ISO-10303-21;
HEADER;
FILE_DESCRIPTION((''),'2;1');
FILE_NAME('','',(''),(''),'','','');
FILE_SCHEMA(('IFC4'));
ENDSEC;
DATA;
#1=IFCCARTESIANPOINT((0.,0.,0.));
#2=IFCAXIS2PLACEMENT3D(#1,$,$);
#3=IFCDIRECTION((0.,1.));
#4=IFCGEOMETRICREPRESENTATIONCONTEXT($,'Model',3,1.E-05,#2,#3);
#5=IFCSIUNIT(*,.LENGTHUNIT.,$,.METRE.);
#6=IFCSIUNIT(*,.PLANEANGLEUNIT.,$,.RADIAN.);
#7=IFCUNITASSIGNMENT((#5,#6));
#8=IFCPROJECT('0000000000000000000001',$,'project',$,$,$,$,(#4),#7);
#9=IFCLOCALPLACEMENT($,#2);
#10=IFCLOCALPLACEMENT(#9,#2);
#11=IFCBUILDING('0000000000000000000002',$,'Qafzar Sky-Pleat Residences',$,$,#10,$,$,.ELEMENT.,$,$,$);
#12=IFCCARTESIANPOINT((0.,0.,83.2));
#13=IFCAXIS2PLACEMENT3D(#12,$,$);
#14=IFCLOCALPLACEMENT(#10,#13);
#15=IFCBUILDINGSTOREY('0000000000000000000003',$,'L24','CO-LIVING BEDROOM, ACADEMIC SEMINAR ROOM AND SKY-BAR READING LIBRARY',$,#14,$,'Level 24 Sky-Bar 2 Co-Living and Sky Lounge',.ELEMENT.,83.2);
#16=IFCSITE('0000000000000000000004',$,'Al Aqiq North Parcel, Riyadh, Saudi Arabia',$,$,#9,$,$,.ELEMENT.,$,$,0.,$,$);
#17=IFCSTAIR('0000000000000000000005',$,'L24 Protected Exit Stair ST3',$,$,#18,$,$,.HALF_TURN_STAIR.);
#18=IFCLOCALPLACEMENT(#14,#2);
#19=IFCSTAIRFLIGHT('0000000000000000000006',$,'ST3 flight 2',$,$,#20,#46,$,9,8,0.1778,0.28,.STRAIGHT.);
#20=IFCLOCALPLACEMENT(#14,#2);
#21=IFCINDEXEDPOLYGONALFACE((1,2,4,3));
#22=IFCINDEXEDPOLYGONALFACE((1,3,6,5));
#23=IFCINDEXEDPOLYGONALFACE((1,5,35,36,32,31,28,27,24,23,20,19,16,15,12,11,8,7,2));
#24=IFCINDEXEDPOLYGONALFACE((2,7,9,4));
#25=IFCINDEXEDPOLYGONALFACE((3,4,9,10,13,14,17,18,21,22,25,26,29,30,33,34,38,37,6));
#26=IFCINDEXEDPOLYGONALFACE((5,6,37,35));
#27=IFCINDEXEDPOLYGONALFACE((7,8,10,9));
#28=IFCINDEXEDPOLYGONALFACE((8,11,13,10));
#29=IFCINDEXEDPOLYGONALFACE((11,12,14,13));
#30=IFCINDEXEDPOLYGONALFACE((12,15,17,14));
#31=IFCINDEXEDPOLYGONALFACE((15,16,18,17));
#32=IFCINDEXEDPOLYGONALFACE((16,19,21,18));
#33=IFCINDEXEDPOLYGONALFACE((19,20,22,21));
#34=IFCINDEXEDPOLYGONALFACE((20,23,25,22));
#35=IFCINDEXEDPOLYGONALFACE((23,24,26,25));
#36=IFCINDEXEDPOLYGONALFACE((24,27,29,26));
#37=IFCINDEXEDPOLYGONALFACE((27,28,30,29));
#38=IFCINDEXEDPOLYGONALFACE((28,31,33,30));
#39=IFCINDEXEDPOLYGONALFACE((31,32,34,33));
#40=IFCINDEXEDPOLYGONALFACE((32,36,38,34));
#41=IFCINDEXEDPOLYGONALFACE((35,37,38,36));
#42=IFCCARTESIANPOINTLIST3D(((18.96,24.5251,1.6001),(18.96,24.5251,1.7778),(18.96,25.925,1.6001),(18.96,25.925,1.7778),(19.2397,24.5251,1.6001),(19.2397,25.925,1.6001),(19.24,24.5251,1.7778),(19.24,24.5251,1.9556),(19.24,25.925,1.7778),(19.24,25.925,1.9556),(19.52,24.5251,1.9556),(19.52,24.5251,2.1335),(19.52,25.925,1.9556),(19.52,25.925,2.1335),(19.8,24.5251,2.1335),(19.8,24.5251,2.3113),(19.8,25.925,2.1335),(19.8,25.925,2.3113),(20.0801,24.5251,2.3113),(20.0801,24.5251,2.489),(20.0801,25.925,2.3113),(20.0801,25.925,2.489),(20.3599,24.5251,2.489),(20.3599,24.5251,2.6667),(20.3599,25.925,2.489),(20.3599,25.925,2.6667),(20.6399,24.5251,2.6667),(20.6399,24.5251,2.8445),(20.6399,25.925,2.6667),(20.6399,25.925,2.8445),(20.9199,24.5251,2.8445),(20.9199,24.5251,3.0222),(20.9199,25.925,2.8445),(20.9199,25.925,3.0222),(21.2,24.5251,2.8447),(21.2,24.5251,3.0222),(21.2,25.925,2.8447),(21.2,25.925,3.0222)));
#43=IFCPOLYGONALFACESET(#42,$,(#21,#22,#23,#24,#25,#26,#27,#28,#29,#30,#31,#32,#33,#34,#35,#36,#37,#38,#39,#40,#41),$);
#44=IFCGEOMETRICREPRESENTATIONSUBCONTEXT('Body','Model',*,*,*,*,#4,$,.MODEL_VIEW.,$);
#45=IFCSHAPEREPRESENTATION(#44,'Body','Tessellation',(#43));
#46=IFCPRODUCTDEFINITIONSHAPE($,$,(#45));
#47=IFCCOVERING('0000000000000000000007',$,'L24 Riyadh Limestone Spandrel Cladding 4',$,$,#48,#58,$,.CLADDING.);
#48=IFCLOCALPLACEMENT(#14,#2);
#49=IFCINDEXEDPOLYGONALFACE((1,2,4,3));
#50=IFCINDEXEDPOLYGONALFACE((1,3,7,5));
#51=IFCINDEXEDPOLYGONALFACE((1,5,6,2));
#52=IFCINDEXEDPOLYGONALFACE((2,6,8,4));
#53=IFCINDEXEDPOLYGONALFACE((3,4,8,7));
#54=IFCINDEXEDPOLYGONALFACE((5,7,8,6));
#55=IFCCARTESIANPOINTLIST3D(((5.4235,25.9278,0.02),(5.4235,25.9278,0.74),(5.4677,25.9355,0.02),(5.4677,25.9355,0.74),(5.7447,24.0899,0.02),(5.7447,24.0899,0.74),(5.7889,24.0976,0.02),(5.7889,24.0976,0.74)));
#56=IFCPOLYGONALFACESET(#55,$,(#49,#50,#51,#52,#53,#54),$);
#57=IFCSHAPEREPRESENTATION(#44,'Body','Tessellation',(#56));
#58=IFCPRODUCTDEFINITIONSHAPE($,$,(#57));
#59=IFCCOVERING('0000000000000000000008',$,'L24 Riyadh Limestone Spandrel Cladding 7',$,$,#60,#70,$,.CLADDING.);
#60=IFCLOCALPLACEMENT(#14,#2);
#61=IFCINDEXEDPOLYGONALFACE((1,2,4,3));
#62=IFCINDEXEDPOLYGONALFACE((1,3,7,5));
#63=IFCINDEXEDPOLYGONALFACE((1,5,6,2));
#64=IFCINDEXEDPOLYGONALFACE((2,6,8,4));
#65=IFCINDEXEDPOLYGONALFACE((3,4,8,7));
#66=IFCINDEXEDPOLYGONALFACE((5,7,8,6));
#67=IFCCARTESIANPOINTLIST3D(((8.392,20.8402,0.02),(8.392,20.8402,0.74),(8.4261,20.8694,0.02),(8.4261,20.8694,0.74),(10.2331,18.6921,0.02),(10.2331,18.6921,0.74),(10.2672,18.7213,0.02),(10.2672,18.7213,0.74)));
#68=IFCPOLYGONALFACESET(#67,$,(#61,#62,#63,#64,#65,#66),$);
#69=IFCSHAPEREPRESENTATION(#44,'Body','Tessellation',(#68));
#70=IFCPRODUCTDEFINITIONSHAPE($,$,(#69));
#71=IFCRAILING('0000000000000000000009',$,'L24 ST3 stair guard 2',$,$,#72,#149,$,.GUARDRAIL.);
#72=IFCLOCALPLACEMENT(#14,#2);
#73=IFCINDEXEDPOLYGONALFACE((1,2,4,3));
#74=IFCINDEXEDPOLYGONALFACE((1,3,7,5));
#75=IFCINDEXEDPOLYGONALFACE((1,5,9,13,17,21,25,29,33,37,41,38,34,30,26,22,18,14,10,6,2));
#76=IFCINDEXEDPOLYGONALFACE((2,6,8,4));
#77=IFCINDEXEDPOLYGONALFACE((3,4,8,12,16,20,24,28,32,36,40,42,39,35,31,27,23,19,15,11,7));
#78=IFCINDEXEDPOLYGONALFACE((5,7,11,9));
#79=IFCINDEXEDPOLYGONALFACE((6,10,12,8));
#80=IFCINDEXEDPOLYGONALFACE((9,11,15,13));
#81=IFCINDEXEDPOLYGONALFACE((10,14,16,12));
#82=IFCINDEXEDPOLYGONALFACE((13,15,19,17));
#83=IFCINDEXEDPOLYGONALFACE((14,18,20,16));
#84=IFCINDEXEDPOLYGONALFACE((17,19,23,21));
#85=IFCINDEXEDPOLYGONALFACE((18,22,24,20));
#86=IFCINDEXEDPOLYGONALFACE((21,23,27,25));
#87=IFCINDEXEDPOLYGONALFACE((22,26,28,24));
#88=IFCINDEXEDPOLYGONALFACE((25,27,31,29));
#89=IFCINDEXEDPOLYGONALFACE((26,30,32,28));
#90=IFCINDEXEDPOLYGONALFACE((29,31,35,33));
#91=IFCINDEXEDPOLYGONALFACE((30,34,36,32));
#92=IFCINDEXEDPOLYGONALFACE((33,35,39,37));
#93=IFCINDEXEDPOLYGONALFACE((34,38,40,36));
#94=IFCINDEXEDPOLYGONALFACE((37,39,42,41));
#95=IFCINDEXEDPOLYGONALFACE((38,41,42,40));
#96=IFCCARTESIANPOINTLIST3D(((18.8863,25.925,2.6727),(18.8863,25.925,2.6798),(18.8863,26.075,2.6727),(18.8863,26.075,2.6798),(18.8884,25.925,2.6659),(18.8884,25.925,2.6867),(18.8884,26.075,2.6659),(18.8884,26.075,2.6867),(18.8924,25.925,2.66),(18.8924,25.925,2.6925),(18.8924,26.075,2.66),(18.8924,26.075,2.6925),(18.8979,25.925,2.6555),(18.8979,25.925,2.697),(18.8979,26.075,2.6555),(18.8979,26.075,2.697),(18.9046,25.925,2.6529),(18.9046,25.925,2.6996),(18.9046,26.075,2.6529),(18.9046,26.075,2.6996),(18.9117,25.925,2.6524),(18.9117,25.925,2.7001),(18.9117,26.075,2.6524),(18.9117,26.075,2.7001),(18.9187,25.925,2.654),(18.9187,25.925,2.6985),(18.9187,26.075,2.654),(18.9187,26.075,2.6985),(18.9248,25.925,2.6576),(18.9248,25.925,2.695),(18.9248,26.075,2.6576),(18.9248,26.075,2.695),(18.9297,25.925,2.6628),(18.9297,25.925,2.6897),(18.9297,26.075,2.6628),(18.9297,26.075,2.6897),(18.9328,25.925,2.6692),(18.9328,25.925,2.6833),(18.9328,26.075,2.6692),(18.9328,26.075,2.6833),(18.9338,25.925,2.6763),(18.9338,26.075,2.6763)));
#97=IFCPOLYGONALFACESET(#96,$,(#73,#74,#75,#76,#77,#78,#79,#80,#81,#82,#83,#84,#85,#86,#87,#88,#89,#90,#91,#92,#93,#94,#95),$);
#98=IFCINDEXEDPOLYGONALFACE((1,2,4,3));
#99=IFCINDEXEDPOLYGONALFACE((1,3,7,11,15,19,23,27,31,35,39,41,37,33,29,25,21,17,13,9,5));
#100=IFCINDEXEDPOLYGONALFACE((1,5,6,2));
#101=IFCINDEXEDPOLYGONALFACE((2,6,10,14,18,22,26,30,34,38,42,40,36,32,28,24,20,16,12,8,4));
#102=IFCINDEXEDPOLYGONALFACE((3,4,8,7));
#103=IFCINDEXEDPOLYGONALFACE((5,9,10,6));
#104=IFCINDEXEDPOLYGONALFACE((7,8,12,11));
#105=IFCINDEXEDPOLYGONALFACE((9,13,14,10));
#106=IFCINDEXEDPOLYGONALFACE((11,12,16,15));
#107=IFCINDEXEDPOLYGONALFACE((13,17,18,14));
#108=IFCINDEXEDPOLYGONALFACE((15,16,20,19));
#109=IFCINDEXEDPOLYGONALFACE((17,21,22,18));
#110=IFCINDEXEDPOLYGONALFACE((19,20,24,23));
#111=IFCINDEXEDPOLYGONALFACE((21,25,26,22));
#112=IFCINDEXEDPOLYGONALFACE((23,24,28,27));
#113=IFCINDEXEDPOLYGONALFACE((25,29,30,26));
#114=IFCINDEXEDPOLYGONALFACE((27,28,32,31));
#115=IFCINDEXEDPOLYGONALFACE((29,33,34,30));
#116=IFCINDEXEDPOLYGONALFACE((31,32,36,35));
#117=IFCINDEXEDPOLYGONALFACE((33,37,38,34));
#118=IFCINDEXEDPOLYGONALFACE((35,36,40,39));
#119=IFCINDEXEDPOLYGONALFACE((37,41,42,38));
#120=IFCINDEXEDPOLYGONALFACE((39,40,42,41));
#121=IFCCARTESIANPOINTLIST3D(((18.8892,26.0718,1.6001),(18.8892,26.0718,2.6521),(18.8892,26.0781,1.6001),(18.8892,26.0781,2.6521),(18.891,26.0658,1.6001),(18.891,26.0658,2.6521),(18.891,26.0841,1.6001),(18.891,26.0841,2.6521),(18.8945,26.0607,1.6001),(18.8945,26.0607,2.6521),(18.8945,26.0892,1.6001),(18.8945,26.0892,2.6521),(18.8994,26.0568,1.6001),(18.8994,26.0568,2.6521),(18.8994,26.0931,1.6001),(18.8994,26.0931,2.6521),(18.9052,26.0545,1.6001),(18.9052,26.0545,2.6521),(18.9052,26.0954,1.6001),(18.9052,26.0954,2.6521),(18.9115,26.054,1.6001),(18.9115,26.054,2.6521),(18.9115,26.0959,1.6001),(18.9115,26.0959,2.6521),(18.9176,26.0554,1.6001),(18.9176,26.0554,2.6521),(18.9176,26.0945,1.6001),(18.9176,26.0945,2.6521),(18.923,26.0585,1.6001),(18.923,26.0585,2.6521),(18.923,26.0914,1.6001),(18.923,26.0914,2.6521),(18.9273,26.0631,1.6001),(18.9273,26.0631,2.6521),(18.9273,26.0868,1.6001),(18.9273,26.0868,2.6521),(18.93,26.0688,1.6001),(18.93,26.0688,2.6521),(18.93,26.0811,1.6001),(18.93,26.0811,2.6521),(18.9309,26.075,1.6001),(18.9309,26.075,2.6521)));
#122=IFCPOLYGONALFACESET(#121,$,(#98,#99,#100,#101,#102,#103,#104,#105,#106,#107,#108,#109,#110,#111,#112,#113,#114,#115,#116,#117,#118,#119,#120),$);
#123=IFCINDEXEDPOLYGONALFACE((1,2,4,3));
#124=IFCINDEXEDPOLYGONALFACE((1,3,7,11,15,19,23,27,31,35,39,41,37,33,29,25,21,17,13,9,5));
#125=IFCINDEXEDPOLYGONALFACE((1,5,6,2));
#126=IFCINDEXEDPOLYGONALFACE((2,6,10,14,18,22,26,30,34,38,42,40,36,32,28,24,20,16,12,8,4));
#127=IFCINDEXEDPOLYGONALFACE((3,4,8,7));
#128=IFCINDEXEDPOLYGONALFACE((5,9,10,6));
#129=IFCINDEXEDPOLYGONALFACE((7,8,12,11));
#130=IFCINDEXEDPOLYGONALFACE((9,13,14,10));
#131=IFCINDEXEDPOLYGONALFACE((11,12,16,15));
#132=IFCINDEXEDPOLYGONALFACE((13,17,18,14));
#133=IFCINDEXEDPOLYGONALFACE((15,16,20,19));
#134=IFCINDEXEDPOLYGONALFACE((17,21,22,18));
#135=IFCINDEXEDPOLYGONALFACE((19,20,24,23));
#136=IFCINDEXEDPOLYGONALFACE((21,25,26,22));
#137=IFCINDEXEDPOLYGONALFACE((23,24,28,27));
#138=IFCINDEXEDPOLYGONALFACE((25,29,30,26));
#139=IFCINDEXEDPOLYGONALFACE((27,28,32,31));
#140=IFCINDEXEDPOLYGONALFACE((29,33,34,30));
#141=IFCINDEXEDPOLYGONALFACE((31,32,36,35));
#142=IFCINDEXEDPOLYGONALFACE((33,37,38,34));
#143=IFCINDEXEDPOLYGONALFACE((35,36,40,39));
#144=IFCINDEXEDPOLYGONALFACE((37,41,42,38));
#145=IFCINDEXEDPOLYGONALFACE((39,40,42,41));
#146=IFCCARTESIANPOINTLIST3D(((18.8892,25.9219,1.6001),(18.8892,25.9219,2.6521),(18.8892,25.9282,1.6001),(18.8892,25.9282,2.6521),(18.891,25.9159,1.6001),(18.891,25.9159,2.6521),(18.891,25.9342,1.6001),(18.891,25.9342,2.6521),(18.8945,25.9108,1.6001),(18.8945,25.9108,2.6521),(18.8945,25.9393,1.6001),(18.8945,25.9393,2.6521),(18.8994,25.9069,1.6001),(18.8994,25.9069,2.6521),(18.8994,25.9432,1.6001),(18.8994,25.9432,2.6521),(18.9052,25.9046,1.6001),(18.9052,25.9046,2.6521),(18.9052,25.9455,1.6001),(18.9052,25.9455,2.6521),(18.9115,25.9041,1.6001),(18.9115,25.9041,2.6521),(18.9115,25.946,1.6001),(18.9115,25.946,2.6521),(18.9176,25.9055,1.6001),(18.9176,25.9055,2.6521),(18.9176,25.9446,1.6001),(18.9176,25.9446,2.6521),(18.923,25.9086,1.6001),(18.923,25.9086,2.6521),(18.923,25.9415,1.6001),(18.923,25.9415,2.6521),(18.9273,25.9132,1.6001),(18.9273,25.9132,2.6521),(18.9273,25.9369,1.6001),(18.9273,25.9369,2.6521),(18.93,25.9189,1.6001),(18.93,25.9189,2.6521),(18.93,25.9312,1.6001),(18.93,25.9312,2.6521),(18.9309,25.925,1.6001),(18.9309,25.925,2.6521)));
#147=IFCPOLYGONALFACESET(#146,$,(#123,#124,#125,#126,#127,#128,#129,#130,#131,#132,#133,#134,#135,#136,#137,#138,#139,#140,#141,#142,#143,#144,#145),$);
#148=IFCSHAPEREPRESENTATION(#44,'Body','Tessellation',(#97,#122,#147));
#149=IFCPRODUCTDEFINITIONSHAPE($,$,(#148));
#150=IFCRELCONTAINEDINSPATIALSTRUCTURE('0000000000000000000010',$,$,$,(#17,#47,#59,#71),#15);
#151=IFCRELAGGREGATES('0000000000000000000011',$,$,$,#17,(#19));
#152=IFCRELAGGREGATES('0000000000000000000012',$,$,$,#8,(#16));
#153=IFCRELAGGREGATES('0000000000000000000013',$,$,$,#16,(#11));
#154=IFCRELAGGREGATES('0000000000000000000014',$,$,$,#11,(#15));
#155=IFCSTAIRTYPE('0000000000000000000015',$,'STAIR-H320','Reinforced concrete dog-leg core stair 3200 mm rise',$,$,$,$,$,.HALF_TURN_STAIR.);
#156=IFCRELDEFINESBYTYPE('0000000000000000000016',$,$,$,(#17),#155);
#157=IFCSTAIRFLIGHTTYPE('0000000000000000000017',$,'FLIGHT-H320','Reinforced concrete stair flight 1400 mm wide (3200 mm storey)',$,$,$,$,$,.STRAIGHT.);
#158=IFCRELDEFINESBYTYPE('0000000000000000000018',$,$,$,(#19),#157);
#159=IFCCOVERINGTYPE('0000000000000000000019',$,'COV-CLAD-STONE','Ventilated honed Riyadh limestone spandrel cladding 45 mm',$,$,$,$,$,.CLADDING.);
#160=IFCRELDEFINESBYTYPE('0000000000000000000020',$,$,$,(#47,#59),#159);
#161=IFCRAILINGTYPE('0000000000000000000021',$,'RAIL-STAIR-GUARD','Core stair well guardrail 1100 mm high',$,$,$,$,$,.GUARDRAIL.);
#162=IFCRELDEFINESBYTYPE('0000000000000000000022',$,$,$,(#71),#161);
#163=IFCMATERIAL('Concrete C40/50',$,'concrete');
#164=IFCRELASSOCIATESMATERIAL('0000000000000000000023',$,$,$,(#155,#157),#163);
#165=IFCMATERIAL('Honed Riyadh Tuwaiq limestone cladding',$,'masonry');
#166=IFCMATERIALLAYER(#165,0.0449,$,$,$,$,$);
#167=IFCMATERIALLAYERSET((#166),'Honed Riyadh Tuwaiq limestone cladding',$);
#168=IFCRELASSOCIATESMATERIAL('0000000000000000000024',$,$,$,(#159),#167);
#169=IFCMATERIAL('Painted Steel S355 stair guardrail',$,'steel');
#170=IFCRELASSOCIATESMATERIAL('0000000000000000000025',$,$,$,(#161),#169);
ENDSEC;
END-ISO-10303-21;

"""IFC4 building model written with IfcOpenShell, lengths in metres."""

from ifc_helpers import new_model, si_unit, direction, frame, origin, origin_2d, place, context, subcontext, project, spatial, polyline, rectangle, circle, outline, extrude, source, transform, mapped, material, layer, layer_set, type_object, element, aggregate, save


model = new_model("IFC4")

# Units and contexts
model_context = context("Model", 3, precision=1e-05, world=origin(), true_north=direction((0.0, 1.0)))
body_context = subcontext(model_context, "Body", "Model", "MODEL_VIEW")
ifc_project = project(units=[si_unit("LENGTHUNIT", "METRE"), si_unit("PLANEANGLEUNIT", "RADIAN")], contexts=[model_context])

# Site, building, storey
site_placement = place(None, origin())
site = spatial("IfcSite", under=ifc_project, at=site_placement, Name="Al Aqiq North Parcel, Riyadh, Saudi Arabia", CompositionType="ELEMENT", RefElevation=0.0)
building_placement = place(site_placement, origin())
building = spatial("IfcBuilding", under=site, at=building_placement, Name="Qafzar Sky-Pleat Residences", CompositionType="ELEMENT")
storey_placement = place(building_placement, frame((0.0, 0.0, 83.2)))
storey = spatial("IfcBuildingStorey", under=building, at=storey_placement, Name="L24", Description="CO-LIVING BEDROOM, ACADEMIC SEMINAR ROOM AND SKY-BAR READING LIBRARY", LongName="Level 24 Sky-Bar 2 Co-Living and Sky Lounge", CompositionType="ELEMENT", Elevation=83.2)

# Stair, stair flight
ifc_material_1 = material(Name="Concrete C40/50", Category="concrete")
stair_type = type_object("IfcStairType", Name="STAIR-H320", Description="Reinforced concrete dog-leg core stair 3200 mm rise", PredefinedType="HALF_TURN_STAIR", material=ifc_material_1)
stair_placement = place(storey_placement, origin())
stair = element("IfcStair", 1, at=stair_placement, inside=storey, type_object=stair_type, Name="L24 Protected Exit Stair ST3", PredefinedType="HALF_TURN_STAIR")
stair_flight_type = type_object("IfcStairFlightType", Name="FLIGHT-H320", Description="Reinforced concrete stair flight 1400 mm wide (3200 mm storey)", PredefinedType="STRAIGHT", material=ifc_material_1)
shared_shape_1 = source(origin(), body_context, "Body", "SweptSolid", [
    extrude(outline(polyline([(0.0, 0.0), (0.0, 0.1777), (0.28, 0.1777), (0.28, 0.3555), (0.5601, 0.3555), (0.5601, 0.5334), (0.8401, 0.5334), (0.8401, 0.7112), (1.1201, 0.7112), (1.1201, 0.8889), (1.3999, 0.8889), (1.3999, 1.0667), (1.6799, 1.0667), (1.6799, 1.2444), (1.96, 1.2444), (1.96, 1.4221), (2.24, 1.4221), (2.24, 1.6001), (2.24, 1.2446), (0.2798, 0.0), (0.0, 0.0)])), frame((0.0, 0.7, 0.0), z_axis=(0.0, -1.0, 0.0), x_axis=(1.0, 0.0, 0.0)), (0.0, 0.0, 1.0), 1.3999),
])
stair_flight_placement = place(storey_placement, frame((18.96, 25.2251, 1.6001), z_axis=(0.0, 0.0, 1.0), x_axis=(1.0, 0.0, 0.0)))
stair_flight = element("IfcStairFlight", 2, at=stair_flight_placement, type_object=stair_flight_type, Name="ST3 flight 2", NumberOfRisers=9, NumberOfTreads=8, PredefinedType="STRAIGHT", RiserHeight=0.1778, TreadLength=0.28, context=body_context, shape_type="MappedRepresentation", body=[
    mapped(shared_shape_1, transform((0.0, 0.0, 0.0), x_axis=(1.0, 0.0, 0.0), y_axis=(0.0, 1.0, 0.0), z_axis=(0.0, 0.0, 1.0), scale=1.0)),
])
aggregate(stair, [stair_flight])

# Covering
ifc_material_2 = material(Name="Honed Riyadh Tuwaiq limestone cladding", Category="masonry")
ifc_layer_1 = layer(ifc_material_2, 0.0449)
ifc_layer_set_1 = layer_set([ifc_layer_1], Name="Honed Riyadh Tuwaiq limestone cladding")
covering_type = type_object("IfcCoveringType", Name="COV-CLAD-STONE", Description="Ventilated honed Riyadh limestone spandrel cladding 45 mm", PredefinedType="CLADDING", material=ifc_layer_set_1)
shared_shape_2 = source(origin(), body_context, "Body", "SweptSolid", [
    extrude(rectangle(XDim=1.8657, YDim=0.0449, at=origin_2d()), origin(), (0.0, 0.0, 1.0), 0.72),
])
covering_1_placement = place(storey_placement, frame((5.6062, 25.0127, 0.02), z_axis=(0.0, 0.0, 1.0), x_axis=(0.172162, -0.985069, 0.0)))
element("IfcCovering", 3, at=covering_1_placement, inside=storey, type_object=covering_type, Name="L24 Riyadh Limestone Spandrel Cladding 4", PredefinedType="CLADDING", context=body_context, shape_type="MappedRepresentation", body=[
    mapped(shared_shape_2, transform((0.0, 0.0, 0.0), x_axis=(1.0, 0.0, 0.0), y_axis=(0.0, 1.0, 0.0), z_axis=(0.0, 0.0, 1.0), scale=1.0)),
])

# Covering
shared_shape_3 = source(origin(), body_context, "Body", "SweptSolid", [
    extrude(rectangle(XDim=2.8291, YDim=0.0449, at=origin_2d()), origin(), (0.0, 0.0, 1.0), 0.72),
])
covering_2_placement = place(storey_placement, frame((9.3296, 19.7808, 0.02), z_axis=(0.0, 0.0, 1.0), x_axis=(0.650752, -0.75929, 0.0)))
element("IfcCovering", 4, at=covering_2_placement, inside=storey, type_object=covering_type, Name="L24 Riyadh Limestone Spandrel Cladding 7", PredefinedType="CLADDING", context=body_context, shape_type="MappedRepresentation", body=[
    mapped(shared_shape_3, transform((0.0, 0.0, 0.0), x_axis=(1.0, 0.0, 0.0), y_axis=(0.0, 1.0, 0.0), z_axis=(0.0, 0.0, 1.0), scale=1.0)),
])

# Railing
ifc_material_3 = material(Name="Painted Steel S355 stair guardrail", Category="steel")
railing_type_1 = type_object("IfcRailingType", Name="RAIL-STAIR-GUARD", Description="Core stair well guardrail 1100 mm high", PredefinedType="GUARDRAIL", material=ifc_material_3)
shared_shape_4 = source(origin(), body_context, "Body", "SweptSolid", [
    extrude(circle(Radius=0.0239, at=origin_2d()), frame((0.0, 0.0, 1.0762), z_axis=(0.0, -1.0, 0.0), x_axis=(1.0, 0.0, 0.0)), (0.0, 0.0, 1.0), 0.1499),
    extrude(circle(Radius=0.021, at=origin_2d()), origin(), (0.0, 0.0, 1.0), 1.052),
    extrude(circle(Radius=0.021, at=origin_2d()), frame((0.0, -0.1499, 0.0)), (0.0, 0.0, 1.0), 1.052),
])
railing_1_placement = place(storey_placement, frame((18.9099, 26.075, 1.6001)))
element("IfcRailing", 5, at=railing_1_placement, inside=storey, type_object=railing_type_1, Name="L24 ST3 stair guard 2", PredefinedType="GUARDRAIL", context=body_context, shape_type="MappedRepresentation", body=[
    mapped(shared_shape_4, transform((0.0, 0.0, 0.0), x_axis=(1.0, 0.0, 0.0), y_axis=(0.0, 1.0, 0.0), z_axis=(0.0, 0.0, 1.0), scale=1.0)),
])

save(model, "model.ifc")
